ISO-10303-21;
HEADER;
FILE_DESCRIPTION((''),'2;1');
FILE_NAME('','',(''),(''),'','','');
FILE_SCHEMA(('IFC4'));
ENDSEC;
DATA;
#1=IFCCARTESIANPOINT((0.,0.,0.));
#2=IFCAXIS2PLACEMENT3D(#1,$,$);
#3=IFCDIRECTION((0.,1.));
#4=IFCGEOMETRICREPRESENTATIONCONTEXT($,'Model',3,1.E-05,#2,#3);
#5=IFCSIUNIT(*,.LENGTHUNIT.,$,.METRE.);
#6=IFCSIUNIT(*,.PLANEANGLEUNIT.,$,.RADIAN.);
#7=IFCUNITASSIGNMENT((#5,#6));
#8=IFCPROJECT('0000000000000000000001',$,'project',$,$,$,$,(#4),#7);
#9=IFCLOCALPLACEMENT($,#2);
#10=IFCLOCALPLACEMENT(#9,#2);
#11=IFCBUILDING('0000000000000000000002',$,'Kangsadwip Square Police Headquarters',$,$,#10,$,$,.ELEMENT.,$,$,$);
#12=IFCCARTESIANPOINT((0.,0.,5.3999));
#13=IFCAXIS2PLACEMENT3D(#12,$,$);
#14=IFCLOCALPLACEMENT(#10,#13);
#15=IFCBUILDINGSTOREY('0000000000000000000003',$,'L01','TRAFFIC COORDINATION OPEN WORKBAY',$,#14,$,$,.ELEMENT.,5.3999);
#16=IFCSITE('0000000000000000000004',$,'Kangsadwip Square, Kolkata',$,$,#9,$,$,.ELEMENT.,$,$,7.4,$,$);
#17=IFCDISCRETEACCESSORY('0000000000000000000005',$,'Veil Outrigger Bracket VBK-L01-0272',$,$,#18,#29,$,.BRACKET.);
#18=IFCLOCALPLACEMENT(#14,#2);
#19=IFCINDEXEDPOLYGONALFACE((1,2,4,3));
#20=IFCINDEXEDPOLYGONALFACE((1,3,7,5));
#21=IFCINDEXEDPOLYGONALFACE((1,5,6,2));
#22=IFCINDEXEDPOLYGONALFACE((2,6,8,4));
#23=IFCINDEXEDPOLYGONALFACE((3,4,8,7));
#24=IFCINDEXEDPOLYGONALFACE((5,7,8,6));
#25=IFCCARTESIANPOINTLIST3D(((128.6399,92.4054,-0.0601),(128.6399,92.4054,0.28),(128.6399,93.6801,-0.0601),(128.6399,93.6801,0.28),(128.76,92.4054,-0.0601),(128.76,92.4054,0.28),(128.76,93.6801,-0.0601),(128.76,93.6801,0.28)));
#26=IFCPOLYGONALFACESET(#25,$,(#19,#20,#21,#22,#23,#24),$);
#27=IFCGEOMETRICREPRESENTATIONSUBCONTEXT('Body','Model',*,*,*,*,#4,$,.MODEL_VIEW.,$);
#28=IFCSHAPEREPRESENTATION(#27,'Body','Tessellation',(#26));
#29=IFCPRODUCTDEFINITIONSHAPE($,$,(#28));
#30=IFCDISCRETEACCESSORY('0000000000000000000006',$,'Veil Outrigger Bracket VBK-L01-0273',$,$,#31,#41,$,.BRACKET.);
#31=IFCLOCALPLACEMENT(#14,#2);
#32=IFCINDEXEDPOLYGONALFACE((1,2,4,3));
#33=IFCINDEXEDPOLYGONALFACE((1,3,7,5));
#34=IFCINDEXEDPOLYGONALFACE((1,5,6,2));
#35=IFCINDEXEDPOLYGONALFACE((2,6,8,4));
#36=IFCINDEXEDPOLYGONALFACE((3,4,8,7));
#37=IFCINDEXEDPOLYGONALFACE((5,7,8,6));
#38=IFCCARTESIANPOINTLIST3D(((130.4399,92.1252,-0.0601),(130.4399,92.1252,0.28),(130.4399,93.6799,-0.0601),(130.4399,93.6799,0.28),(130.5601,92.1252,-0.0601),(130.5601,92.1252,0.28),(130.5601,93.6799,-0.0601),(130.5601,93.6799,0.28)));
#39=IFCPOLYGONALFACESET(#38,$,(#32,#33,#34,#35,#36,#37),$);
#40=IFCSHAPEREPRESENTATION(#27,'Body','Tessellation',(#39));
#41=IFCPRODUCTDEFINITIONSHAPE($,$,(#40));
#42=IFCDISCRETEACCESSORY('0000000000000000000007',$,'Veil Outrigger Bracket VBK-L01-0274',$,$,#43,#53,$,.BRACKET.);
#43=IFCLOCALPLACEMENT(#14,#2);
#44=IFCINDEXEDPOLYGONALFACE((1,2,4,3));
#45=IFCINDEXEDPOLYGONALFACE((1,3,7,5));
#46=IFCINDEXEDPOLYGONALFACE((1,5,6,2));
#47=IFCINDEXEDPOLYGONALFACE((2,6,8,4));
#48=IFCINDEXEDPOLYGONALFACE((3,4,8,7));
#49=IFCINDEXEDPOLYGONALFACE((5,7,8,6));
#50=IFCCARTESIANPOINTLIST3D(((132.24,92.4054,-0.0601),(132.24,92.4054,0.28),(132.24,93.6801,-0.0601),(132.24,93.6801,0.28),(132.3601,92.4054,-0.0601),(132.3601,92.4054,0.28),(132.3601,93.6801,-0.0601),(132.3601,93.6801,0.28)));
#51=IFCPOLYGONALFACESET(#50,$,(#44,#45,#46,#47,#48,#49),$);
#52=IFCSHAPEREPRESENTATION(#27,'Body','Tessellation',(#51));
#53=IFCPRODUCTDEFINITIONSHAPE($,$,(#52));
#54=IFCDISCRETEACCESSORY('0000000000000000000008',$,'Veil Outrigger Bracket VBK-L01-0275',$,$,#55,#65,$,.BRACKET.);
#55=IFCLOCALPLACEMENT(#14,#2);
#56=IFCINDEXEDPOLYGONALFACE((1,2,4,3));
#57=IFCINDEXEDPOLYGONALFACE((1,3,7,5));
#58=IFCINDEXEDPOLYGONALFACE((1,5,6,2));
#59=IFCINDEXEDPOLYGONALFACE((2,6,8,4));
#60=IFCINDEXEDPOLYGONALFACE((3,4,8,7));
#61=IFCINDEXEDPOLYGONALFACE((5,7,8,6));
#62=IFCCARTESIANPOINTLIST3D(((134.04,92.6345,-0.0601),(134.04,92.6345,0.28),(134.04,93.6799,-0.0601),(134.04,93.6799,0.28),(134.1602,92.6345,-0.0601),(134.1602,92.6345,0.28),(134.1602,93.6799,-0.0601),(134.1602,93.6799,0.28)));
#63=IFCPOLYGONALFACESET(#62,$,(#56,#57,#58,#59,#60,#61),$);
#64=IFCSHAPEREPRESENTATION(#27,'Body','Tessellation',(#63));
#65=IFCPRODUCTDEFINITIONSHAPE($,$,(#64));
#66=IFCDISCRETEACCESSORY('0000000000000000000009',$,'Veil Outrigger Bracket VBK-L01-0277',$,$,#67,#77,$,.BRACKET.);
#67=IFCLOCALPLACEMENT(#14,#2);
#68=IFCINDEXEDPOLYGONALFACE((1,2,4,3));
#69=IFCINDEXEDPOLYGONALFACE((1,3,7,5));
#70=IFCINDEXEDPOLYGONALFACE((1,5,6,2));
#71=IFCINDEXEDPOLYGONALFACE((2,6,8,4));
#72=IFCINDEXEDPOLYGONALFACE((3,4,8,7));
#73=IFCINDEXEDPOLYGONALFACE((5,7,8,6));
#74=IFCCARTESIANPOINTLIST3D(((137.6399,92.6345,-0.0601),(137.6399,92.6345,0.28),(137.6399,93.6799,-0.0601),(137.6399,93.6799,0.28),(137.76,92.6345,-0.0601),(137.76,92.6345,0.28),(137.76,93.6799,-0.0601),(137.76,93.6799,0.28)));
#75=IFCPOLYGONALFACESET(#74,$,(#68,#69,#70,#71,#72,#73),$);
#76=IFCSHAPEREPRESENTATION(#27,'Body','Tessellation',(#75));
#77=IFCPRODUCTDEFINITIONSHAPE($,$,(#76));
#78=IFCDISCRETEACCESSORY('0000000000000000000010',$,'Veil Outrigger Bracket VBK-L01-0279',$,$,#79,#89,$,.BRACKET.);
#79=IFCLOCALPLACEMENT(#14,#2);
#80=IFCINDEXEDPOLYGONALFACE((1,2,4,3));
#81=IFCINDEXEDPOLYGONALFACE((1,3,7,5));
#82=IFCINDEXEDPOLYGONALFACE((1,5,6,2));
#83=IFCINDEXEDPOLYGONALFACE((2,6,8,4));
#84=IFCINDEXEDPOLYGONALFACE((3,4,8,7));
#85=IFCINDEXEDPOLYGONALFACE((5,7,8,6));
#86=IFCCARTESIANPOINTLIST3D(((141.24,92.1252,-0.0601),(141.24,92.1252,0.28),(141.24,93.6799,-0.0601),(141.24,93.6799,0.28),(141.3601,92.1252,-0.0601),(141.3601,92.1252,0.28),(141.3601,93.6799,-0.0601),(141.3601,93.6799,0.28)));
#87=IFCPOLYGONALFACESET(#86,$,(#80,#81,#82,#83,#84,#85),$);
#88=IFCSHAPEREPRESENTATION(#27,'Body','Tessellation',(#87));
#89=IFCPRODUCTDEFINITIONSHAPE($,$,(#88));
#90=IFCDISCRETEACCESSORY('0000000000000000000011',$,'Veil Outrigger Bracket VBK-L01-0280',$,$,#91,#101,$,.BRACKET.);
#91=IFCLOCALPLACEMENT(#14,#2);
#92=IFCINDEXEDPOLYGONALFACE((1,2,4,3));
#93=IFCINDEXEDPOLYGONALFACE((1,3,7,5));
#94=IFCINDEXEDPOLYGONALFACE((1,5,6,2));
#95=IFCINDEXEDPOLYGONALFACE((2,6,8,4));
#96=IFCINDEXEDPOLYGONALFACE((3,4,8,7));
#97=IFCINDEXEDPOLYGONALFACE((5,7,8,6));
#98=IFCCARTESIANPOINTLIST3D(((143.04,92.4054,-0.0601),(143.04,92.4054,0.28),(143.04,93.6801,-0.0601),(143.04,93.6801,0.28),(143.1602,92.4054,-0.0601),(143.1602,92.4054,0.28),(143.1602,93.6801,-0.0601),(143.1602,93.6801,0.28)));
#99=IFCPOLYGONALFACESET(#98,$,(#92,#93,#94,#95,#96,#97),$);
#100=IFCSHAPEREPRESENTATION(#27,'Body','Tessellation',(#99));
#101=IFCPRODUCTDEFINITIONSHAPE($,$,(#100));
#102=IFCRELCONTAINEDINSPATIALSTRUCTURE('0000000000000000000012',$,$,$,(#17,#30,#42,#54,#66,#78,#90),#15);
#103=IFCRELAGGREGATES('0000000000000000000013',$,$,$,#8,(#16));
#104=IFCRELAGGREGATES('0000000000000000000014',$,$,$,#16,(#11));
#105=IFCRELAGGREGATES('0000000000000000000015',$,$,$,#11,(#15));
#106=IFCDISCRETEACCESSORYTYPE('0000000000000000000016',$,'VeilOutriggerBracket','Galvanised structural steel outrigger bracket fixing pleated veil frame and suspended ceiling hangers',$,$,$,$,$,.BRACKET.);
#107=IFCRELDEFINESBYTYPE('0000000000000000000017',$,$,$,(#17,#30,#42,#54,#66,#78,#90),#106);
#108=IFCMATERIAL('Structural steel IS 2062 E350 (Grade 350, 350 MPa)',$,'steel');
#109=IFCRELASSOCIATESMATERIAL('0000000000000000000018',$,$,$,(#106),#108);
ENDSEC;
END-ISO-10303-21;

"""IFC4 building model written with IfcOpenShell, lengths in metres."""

from ifc_helpers import new_model, si_unit, direction, frame, origin, origin_2d, place, context, subcontext, project, spatial, rectangle, extrude, material, type_object, element, save


model = new_model("IFC4")

# Units and contexts
model_context = context("Model", 3, precision=1e-05, world=origin(), true_north=direction((0.0, 1.0)))
body_context = subcontext(model_context, "Body", "Model", "MODEL_VIEW")
ifc_project = project(units=[si_unit("LENGTHUNIT", "METRE"), si_unit("PLANEANGLEUNIT", "RADIAN")], contexts=[model_context])

# Site, building, storey
site_placement = place(None, origin())
site = spatial("IfcSite", under=ifc_project, at=site_placement, Name="Kangsadwip Square, Kolkata", CompositionType="ELEMENT", RefElevation=7.4)
building_placement = place(site_placement, origin())
building = spatial("IfcBuilding", under=site, at=building_placement, Name="Kangsadwip Square Police Headquarters", CompositionType="ELEMENT")
storey_placement = place(building_placement, frame((0.0, 0.0, 5.3999)))
storey = spatial("IfcBuildingStorey", under=building, at=storey_placement, Name="L01", Description="TRAFFIC COORDINATION OPEN WORKBAY", CompositionType="ELEMENT", Elevation=5.3999)

# Discrete accessories
ifc_material_1 = material(Name="Structural steel IS 2062 E350 (Grade 350, 350 MPa)", Category="steel")
discrete_accessory_type = type_object("IfcDiscreteAccessoryType", Name="VeilOutriggerBracket", Description="Galvanised structural steel outrigger bracket fixing pleated veil frame and suspended ceiling hangers", PredefinedType="BRACKET", material=ifc_material_1)
discrete_accessory_1_placement = place(storey_placement, frame((128.7, 93.0427, -0.0601), z_axis=(0.0, 0.0, 1.0), x_axis=(1.0, 0.0, 0.0)))
element("IfcDiscreteAccessory", 1, at=discrete_accessory_1_placement, inside=storey, type_object=discrete_accessory_type, Name="Veil Outrigger Bracket VBK-L01-0272", PredefinedType="BRACKET", context=body_context, shape_type="SweptSolid", body=[
    extrude(rectangle(XDim=0.1201, YDim=1.2747, at=origin_2d()), origin(), (0.0, 0.0, 1.0), 0.3401),
])
discrete_accessory_2_placement = place(storey_placement, frame((130.5, 92.9026, -0.0601), z_axis=(0.0, 0.0, 1.0), x_axis=(1.0, 0.0, 0.0)))
element("IfcDiscreteAccessory", 2, at=discrete_accessory_2_placement, inside=storey, type_object=discrete_accessory_type, Name="Veil Outrigger Bracket VBK-L01-0273", PredefinedType="BRACKET", context=body_context, shape_type="SweptSolid", body=[
    extrude(rectangle(XDim=0.1201, YDim=1.5547, at=origin_2d()), origin(), (0.0, 0.0, 1.0), 0.3401),
])
discrete_accessory_3_placement = place(storey_placement, frame((132.3, 93.0427, -0.0601), z_axis=(0.0, 0.0, 1.0), x_axis=(1.0, 0.0, 0.0)))
element("IfcDiscreteAccessory", 3, at=discrete_accessory_3_placement, inside=storey, type_object=discrete_accessory_type, Name="Veil Outrigger Bracket VBK-L01-0274", PredefinedType="BRACKET", context=body_context, shape_type="SweptSolid", body=[
    extrude(rectangle(XDim=0.1201, YDim=1.2747, at=origin_2d()), origin(), (0.0, 0.0, 1.0), 0.3401),
])
for number, where, z_axis, x_axis, name in (
    (4, (134.1001, 93.1572, -0.0601), (0.0, 0.0, 1.0), (1.0, 0.0, 0.0), "Veil Outrigger Bracket VBK-L01-0275"),
    (5, (137.7, 93.1572, -0.0601), (0.0, 0.0, 1.0), (1.0, 0.0, 0.0), "Veil Outrigger Bracket VBK-L01-0277"),
):
    element("IfcDiscreteAccessory", number, at=place(storey_placement, frame(where, z_axis=z_axis, x_axis=x_axis)), inside=storey, type_object=discrete_accessory_type, Name=name, PredefinedType="BRACKET", context=body_context, shape_type="SweptSolid", body=[
        extrude(rectangle(XDim=0.1201, YDim=1.0454, at=origin_2d()), origin(), (0.0, 0.0, 1.0), 0.3401),
    ])
discrete_accessory_4_placement = place(storey_placement, frame((141.3, 92.9026, -0.0601), z_axis=(0.0, 0.0, 1.0), x_axis=(1.0, 0.0, 0.0)))
element("IfcDiscreteAccessory", 6, at=discrete_accessory_4_placement, inside=storey, type_object=discrete_accessory_type, Name="Veil Outrigger Bracket VBK-L01-0279", PredefinedType="BRACKET", context=body_context, shape_type="SweptSolid", body=[
    extrude(rectangle(XDim=0.1201, YDim=1.5547, at=origin_2d()), origin(), (0.0, 0.0, 1.0), 0.3401),
])
discrete_accessory_5_placement = place(storey_placement, frame((143.1001, 93.0427, -0.0601), z_axis=(0.0, 0.0, 1.0), x_axis=(1.0, 0.0, 0.0)))
element("IfcDiscreteAccessory", 7, at=discrete_accessory_5_placement, inside=storey, type_object=discrete_accessory_type, Name="Veil Outrigger Bracket VBK-L01-0280", PredefinedType="BRACKET", context=body_context, shape_type="SweptSolid", body=[
    extrude(rectangle(XDim=0.1201, YDim=1.2747, at=origin_2d()), origin(), (0.0, 0.0, 1.0), 0.3401),
])

save(model, "model.ifc")
